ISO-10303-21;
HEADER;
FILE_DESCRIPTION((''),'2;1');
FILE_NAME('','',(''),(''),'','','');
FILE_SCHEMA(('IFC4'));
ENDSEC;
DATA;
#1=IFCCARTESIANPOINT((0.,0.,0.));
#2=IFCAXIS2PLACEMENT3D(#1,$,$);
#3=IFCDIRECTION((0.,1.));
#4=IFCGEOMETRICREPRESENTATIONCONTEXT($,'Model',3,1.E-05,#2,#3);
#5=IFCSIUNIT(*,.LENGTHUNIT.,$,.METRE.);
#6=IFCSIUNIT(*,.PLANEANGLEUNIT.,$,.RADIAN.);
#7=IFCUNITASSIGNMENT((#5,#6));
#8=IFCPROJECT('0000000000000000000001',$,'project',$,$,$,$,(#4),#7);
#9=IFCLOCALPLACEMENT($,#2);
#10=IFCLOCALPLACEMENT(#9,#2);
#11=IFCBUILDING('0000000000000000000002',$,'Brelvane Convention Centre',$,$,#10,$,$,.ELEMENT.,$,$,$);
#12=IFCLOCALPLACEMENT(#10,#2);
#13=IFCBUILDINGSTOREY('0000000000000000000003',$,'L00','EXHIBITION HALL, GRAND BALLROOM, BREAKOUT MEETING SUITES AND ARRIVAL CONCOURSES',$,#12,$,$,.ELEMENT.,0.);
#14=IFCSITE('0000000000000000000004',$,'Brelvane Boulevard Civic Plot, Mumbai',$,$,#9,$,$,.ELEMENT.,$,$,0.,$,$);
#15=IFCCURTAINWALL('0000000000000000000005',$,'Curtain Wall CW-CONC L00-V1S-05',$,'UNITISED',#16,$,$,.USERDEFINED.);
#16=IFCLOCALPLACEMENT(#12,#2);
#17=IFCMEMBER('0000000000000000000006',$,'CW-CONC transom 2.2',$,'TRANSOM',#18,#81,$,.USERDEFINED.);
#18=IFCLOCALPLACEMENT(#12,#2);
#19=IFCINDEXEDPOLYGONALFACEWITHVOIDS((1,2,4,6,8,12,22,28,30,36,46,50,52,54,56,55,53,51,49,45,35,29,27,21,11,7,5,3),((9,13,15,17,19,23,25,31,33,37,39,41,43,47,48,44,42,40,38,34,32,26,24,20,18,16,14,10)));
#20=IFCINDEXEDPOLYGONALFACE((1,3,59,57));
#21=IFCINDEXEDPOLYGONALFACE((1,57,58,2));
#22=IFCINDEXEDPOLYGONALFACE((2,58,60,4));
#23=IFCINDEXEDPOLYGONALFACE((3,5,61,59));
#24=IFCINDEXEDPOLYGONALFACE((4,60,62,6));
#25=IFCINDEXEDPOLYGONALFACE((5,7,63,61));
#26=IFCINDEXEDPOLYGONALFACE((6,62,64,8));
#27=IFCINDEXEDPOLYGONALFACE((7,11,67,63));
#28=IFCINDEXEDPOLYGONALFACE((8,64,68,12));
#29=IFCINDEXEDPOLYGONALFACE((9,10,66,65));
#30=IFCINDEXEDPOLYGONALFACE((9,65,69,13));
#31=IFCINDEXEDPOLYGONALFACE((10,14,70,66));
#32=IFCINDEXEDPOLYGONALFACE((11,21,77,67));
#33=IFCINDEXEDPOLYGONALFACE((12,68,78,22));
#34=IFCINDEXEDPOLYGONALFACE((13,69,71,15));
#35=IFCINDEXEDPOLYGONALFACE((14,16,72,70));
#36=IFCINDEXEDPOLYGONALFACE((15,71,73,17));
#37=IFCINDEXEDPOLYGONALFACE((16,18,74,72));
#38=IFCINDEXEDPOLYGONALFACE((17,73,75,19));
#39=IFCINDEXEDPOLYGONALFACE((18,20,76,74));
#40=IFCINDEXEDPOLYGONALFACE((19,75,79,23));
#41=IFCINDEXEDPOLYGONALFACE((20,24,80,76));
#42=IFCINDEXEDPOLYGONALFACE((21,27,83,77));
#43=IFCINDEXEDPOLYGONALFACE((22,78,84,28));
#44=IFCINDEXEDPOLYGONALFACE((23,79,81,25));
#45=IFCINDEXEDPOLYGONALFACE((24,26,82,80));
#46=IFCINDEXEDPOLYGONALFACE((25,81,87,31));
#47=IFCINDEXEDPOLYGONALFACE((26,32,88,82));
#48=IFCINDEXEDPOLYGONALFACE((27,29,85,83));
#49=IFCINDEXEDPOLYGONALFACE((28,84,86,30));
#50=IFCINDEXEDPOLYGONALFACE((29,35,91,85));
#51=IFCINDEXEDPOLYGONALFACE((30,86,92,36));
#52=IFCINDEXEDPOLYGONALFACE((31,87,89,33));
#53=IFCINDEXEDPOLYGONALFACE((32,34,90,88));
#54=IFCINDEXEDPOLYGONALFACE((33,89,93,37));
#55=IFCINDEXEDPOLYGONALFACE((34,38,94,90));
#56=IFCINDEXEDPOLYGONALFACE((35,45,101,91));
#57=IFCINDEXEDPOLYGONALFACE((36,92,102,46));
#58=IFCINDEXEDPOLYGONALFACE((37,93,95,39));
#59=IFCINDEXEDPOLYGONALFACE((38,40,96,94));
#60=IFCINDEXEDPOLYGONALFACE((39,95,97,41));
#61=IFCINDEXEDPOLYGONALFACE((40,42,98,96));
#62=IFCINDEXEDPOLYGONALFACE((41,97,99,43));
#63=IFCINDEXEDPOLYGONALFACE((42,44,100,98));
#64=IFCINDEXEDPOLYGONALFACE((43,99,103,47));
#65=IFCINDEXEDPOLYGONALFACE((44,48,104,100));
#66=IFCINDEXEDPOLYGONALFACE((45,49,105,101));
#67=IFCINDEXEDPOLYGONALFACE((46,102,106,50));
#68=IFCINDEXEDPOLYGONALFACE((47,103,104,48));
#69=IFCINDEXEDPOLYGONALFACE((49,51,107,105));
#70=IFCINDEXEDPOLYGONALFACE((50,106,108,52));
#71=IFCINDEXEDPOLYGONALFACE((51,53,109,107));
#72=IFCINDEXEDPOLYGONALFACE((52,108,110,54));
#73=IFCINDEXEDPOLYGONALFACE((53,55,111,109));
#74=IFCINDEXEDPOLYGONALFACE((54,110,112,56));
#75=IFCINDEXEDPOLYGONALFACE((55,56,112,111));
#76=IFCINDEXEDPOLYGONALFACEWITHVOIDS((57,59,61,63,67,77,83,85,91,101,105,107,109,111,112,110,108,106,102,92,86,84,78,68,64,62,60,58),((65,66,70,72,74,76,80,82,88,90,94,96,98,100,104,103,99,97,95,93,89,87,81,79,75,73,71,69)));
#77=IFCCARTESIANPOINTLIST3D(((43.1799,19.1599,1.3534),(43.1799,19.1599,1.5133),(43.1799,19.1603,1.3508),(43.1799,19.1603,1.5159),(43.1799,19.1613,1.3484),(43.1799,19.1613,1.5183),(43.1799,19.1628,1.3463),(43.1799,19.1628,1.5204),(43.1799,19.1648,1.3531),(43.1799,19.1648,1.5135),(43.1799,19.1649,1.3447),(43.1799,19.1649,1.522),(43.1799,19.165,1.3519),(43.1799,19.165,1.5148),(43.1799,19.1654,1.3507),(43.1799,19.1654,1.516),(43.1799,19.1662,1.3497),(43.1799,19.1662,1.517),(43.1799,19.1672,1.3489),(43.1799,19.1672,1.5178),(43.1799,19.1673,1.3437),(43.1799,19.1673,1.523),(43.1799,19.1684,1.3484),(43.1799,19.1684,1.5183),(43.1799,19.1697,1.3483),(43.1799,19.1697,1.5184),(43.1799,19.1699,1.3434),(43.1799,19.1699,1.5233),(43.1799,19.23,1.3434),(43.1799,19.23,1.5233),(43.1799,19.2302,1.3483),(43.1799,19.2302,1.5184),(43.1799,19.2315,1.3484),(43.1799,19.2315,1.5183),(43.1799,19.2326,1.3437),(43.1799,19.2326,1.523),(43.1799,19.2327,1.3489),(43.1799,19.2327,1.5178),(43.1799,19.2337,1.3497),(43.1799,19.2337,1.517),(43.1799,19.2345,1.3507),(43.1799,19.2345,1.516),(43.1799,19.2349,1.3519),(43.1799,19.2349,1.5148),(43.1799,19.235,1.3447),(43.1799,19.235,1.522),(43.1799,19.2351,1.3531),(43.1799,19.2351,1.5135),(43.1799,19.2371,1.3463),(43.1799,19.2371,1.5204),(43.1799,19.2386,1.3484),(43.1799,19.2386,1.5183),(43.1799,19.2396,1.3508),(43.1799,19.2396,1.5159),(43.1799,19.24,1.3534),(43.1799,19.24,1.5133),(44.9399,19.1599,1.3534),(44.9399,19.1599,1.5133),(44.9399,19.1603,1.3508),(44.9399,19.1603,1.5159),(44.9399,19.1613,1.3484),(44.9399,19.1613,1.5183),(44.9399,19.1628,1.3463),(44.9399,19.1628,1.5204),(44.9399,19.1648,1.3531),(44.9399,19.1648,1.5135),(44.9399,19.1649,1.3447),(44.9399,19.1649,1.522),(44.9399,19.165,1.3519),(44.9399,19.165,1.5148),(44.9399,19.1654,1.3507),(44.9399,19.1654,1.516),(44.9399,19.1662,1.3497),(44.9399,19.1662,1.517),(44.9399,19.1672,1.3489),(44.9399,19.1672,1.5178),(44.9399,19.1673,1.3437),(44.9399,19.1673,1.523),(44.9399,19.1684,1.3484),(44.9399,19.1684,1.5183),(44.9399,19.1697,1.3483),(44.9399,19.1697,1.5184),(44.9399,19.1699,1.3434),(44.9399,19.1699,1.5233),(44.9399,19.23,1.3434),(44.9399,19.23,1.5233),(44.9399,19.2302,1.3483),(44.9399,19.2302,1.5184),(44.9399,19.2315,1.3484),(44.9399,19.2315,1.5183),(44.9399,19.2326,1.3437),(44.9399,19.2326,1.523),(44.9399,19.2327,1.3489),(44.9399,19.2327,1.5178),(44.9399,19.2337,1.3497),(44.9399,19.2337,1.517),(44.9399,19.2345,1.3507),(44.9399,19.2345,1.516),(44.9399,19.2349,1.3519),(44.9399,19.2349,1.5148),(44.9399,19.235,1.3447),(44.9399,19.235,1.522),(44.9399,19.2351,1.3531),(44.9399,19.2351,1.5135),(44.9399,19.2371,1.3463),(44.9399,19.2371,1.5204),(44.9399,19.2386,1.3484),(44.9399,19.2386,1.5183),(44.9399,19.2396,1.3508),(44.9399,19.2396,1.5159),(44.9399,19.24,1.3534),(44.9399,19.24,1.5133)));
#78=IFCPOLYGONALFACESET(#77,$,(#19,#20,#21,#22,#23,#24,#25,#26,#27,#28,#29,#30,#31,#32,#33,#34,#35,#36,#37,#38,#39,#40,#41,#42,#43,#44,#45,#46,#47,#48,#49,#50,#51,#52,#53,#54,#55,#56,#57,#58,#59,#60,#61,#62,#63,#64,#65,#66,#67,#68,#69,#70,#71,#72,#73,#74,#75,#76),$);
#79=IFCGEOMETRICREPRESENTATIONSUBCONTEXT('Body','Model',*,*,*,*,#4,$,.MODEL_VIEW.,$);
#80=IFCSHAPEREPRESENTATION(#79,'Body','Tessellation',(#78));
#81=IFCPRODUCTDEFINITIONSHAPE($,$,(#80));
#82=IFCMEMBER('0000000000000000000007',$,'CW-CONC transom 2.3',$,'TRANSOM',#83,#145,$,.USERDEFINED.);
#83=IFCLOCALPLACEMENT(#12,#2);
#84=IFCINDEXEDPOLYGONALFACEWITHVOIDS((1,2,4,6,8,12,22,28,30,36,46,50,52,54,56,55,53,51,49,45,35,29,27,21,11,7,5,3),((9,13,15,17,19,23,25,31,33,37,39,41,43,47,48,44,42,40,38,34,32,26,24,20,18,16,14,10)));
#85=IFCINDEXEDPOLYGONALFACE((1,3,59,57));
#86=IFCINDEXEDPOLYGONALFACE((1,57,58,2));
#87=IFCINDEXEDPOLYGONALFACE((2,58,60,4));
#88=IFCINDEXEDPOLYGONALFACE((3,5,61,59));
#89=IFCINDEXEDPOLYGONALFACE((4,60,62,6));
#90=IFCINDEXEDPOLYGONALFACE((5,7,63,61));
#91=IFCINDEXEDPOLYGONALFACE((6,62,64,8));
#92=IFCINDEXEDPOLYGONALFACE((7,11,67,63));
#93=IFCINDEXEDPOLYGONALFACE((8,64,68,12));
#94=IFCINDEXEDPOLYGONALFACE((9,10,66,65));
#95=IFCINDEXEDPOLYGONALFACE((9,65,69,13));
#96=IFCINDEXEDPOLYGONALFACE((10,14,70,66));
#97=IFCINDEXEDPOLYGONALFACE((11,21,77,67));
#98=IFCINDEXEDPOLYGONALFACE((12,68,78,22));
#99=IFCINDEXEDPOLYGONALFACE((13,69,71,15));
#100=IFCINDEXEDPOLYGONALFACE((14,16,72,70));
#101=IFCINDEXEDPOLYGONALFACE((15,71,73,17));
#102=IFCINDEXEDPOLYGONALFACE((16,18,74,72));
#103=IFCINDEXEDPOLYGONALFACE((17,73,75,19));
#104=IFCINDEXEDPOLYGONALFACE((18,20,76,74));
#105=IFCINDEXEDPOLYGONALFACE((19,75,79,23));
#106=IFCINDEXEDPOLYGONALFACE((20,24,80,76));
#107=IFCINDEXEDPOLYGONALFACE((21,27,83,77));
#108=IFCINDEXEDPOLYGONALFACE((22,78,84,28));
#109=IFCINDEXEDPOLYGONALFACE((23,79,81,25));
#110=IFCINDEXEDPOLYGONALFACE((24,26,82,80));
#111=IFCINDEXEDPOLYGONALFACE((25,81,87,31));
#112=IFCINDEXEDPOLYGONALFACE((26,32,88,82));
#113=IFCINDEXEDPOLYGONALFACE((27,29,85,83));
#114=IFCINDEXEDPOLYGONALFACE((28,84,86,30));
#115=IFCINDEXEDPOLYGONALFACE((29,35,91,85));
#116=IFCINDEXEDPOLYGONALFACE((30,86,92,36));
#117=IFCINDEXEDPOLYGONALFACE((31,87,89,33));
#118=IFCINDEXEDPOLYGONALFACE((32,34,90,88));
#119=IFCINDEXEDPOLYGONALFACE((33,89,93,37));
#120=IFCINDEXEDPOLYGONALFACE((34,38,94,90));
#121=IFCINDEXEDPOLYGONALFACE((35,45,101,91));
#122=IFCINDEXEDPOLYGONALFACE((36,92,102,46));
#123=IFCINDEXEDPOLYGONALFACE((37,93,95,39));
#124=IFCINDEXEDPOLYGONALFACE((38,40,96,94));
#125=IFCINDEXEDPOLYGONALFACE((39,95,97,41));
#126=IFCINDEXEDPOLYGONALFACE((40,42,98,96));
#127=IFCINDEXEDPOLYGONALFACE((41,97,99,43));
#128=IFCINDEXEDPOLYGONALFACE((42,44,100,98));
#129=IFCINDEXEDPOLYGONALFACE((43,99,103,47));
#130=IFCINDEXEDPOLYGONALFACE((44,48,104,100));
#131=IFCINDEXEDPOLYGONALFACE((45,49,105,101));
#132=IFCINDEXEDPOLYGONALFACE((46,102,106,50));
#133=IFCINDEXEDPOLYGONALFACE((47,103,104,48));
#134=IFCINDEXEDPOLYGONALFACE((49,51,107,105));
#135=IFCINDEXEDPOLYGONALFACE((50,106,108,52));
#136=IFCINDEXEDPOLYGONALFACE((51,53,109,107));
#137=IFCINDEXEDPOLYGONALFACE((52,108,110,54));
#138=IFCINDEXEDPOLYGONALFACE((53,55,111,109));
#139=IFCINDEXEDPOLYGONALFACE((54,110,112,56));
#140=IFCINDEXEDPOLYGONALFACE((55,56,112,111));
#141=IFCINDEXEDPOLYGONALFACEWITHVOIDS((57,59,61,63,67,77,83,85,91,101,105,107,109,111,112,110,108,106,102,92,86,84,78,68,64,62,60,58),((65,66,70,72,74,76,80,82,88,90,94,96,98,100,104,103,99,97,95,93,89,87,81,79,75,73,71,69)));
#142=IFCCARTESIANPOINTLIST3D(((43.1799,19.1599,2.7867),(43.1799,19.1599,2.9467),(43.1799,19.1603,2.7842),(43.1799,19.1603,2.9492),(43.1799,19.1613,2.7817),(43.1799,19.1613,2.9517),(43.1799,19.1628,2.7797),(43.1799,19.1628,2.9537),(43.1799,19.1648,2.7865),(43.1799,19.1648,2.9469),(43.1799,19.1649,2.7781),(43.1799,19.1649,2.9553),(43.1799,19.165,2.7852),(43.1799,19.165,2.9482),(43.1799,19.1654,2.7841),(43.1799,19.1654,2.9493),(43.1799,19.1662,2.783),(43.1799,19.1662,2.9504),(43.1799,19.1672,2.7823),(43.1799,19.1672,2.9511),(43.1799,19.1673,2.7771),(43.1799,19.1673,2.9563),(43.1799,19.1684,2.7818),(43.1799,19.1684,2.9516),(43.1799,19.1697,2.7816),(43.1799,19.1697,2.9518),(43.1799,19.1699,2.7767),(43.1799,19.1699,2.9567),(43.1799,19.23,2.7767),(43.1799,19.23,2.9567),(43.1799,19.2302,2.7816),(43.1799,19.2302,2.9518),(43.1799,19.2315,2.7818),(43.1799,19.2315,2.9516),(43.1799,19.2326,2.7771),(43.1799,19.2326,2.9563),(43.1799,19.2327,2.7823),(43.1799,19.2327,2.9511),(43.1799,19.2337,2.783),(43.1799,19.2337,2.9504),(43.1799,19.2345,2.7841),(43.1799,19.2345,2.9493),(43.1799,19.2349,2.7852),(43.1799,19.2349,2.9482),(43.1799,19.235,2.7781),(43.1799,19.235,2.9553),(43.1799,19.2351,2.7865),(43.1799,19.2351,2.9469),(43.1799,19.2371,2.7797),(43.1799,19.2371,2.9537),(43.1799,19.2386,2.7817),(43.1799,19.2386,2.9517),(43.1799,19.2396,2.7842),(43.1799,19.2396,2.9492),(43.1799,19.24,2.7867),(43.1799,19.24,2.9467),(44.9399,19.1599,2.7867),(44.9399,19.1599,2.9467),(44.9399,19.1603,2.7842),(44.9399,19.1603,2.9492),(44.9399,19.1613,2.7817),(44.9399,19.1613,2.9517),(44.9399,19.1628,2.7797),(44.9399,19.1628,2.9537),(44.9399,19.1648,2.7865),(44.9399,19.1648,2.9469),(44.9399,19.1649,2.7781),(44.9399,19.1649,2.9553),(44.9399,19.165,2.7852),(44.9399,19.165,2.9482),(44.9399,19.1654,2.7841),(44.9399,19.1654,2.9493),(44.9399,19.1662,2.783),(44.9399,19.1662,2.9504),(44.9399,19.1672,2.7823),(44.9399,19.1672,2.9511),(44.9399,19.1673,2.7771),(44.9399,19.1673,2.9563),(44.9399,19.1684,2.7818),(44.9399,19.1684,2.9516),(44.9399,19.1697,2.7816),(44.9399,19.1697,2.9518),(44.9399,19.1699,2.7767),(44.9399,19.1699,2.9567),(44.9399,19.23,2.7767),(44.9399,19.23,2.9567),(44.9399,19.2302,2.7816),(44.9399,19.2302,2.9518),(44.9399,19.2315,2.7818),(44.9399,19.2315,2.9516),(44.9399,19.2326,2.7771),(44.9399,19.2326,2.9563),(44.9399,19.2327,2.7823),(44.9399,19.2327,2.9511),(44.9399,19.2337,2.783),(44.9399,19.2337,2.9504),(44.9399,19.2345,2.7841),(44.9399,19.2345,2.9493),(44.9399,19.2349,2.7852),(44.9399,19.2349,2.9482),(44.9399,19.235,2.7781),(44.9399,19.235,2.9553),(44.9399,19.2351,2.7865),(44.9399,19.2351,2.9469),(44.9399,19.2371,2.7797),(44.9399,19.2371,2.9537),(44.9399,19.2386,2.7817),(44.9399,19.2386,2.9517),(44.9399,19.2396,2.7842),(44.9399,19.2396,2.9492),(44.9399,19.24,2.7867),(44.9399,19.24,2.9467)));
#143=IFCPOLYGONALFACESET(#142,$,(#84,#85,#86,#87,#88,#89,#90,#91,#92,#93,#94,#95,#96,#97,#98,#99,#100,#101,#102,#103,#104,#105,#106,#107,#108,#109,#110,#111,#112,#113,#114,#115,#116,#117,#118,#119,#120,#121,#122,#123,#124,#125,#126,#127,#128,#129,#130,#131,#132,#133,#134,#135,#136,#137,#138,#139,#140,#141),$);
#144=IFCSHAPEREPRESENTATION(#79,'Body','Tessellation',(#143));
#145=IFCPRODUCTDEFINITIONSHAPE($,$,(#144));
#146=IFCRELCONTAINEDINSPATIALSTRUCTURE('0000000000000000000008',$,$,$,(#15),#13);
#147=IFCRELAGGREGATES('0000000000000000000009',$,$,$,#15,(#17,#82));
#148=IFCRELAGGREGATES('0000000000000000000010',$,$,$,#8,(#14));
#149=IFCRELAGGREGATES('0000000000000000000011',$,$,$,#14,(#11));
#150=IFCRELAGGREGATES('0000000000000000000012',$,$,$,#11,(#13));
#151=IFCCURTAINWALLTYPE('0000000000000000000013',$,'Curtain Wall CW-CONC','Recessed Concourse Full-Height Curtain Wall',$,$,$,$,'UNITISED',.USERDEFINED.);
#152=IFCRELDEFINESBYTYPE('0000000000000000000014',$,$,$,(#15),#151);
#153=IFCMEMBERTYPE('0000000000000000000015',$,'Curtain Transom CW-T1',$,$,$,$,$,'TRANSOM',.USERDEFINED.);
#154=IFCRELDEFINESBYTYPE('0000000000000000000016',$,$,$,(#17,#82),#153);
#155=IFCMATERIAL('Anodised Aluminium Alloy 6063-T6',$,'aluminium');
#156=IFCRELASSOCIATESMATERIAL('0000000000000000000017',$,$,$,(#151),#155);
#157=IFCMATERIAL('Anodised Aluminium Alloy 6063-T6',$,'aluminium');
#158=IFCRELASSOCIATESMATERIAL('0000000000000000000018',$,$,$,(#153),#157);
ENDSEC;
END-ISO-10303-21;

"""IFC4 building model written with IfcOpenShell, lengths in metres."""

from ifc_helpers import new_model, si_unit, direction, frame, origin, origin_2d, place, context, subcontext, project, spatial, hollow_rectangle, extrude, material, material_profile, profile_set, type_object, element, aggregate, save


model = new_model("IFC4")

# Units and contexts
model_context = context("Model", 3, precision=1e-05, world=origin(), true_north=direction((0.0, 1.0)))
body_context = subcontext(model_context, "Body", "Model", "MODEL_VIEW")
ifc_project = project(units=[si_unit("LENGTHUNIT", "METRE"), si_unit("PLANEANGLEUNIT", "RADIAN")], contexts=[model_context])

# Site, building, storey
site_placement = place(None, origin())
site = spatial("IfcSite", under=ifc_project, at=site_placement, Name="Brelvane Boulevard Civic Plot, Mumbai", CompositionType="ELEMENT", RefElevation=0.0)
building_placement = place(site_placement, origin())
building = spatial("IfcBuilding", under=site, at=building_placement, Name="Brelvane Convention Centre", CompositionType="ELEMENT")
storey_placement = place(building_placement, origin())
storey = spatial("IfcBuildingStorey", under=building, at=storey_placement, Name="L00", Description="EXHIBITION HALL, GRAND BALLROOM, BREAKOUT MEETING SUITES AND ARRIVAL CONCOURSES", CompositionType="ELEMENT", Elevation=0.0)

# Curtain wall, members
ifc_material_1 = material(Name="Anodised Aluminium Alloy 6063-T6", Category="aluminium")
curtain_wall_type = type_object("IfcCurtainWallType", Name="Curtain Wall CW-CONC", Description="Recessed Concourse Full-Height Curtain Wall", ElementType="UNITISED", PredefinedType="USERDEFINED", material=ifc_material_1)
curtain_wall_placement = place(storey_placement, origin())
curtain_wall = element("IfcCurtainWall", 1, at=curtain_wall_placement, inside=storey, type_object=curtain_wall_type, Name="Curtain Wall CW-CONC L00-V1S-05", ObjectType="UNITISED", PredefinedType="USERDEFINED")
ifc_material_2 = material(Name="Anodised Aluminium Alloy 6063-T6", Category="aluminium")
ifc_material_profile_1 = material_profile(ifc_material_2, hollow_rectangle(XDim=0.0801, YDim=0.1799, WallThickness=0.0049, InnerFilletRadius=0.0049, OuterFilletRadius=0.01, at=origin_2d()), Name="ALU-T 180x80x5.0")
ifc_profile_set_1 = profile_set([ifc_material_profile_1], Name="Anodised Aluminium Alloy 6063-T6")
member_type_1 = type_object("IfcMemberType", Name="Curtain Transom CW-T1", ElementType="TRANSOM", PredefinedType="USERDEFINED", material=ifc_profile_set_1)
member_1_placement = place(storey_placement, frame((43.1799, 19.2, 1.4333), z_axis=(1.0, 0.0, 0.0), x_axis=(0.0, 1.0, 0.0)))
member_1 = element("IfcMember", 2, at=member_1_placement, type_object=member_type_1, Name="CW-CONC transom 2.2", ObjectType="TRANSOM", PredefinedType="USERDEFINED", context=body_context, shape_type="SweptSolid", body=[
    extrude(hollow_rectangle(XDim=0.0801, YDim=0.1799, WallThickness=0.0049, InnerFilletRadius=0.0049, OuterFilletRadius=0.01, at=origin_2d()), origin(), (0.0, 0.0, 1.0), 1.76),
])
member_2_placement = place(storey_placement, frame((43.1799, 19.2, 2.8667), z_axis=(1.0, 0.0, 0.0), x_axis=(0.0, 1.0, 0.0)))
member_2 = element("IfcMember", 3, at=member_2_placement, type_object=member_type_1, Name="CW-CONC transom 2.3", ObjectType="TRANSOM", PredefinedType="USERDEFINED", context=body_context, shape_type="SweptSolid", body=[
    extrude(hollow_rectangle(XDim=0.0801, YDim=0.1799, WallThickness=0.0049, InnerFilletRadius=0.0049, OuterFilletRadius=0.01, at=origin_2d()), origin(), (0.0, 0.0, 1.0), 1.76),
])
aggregate(curtain_wall, [member_1, member_2])

save(model, "model.ifc")
